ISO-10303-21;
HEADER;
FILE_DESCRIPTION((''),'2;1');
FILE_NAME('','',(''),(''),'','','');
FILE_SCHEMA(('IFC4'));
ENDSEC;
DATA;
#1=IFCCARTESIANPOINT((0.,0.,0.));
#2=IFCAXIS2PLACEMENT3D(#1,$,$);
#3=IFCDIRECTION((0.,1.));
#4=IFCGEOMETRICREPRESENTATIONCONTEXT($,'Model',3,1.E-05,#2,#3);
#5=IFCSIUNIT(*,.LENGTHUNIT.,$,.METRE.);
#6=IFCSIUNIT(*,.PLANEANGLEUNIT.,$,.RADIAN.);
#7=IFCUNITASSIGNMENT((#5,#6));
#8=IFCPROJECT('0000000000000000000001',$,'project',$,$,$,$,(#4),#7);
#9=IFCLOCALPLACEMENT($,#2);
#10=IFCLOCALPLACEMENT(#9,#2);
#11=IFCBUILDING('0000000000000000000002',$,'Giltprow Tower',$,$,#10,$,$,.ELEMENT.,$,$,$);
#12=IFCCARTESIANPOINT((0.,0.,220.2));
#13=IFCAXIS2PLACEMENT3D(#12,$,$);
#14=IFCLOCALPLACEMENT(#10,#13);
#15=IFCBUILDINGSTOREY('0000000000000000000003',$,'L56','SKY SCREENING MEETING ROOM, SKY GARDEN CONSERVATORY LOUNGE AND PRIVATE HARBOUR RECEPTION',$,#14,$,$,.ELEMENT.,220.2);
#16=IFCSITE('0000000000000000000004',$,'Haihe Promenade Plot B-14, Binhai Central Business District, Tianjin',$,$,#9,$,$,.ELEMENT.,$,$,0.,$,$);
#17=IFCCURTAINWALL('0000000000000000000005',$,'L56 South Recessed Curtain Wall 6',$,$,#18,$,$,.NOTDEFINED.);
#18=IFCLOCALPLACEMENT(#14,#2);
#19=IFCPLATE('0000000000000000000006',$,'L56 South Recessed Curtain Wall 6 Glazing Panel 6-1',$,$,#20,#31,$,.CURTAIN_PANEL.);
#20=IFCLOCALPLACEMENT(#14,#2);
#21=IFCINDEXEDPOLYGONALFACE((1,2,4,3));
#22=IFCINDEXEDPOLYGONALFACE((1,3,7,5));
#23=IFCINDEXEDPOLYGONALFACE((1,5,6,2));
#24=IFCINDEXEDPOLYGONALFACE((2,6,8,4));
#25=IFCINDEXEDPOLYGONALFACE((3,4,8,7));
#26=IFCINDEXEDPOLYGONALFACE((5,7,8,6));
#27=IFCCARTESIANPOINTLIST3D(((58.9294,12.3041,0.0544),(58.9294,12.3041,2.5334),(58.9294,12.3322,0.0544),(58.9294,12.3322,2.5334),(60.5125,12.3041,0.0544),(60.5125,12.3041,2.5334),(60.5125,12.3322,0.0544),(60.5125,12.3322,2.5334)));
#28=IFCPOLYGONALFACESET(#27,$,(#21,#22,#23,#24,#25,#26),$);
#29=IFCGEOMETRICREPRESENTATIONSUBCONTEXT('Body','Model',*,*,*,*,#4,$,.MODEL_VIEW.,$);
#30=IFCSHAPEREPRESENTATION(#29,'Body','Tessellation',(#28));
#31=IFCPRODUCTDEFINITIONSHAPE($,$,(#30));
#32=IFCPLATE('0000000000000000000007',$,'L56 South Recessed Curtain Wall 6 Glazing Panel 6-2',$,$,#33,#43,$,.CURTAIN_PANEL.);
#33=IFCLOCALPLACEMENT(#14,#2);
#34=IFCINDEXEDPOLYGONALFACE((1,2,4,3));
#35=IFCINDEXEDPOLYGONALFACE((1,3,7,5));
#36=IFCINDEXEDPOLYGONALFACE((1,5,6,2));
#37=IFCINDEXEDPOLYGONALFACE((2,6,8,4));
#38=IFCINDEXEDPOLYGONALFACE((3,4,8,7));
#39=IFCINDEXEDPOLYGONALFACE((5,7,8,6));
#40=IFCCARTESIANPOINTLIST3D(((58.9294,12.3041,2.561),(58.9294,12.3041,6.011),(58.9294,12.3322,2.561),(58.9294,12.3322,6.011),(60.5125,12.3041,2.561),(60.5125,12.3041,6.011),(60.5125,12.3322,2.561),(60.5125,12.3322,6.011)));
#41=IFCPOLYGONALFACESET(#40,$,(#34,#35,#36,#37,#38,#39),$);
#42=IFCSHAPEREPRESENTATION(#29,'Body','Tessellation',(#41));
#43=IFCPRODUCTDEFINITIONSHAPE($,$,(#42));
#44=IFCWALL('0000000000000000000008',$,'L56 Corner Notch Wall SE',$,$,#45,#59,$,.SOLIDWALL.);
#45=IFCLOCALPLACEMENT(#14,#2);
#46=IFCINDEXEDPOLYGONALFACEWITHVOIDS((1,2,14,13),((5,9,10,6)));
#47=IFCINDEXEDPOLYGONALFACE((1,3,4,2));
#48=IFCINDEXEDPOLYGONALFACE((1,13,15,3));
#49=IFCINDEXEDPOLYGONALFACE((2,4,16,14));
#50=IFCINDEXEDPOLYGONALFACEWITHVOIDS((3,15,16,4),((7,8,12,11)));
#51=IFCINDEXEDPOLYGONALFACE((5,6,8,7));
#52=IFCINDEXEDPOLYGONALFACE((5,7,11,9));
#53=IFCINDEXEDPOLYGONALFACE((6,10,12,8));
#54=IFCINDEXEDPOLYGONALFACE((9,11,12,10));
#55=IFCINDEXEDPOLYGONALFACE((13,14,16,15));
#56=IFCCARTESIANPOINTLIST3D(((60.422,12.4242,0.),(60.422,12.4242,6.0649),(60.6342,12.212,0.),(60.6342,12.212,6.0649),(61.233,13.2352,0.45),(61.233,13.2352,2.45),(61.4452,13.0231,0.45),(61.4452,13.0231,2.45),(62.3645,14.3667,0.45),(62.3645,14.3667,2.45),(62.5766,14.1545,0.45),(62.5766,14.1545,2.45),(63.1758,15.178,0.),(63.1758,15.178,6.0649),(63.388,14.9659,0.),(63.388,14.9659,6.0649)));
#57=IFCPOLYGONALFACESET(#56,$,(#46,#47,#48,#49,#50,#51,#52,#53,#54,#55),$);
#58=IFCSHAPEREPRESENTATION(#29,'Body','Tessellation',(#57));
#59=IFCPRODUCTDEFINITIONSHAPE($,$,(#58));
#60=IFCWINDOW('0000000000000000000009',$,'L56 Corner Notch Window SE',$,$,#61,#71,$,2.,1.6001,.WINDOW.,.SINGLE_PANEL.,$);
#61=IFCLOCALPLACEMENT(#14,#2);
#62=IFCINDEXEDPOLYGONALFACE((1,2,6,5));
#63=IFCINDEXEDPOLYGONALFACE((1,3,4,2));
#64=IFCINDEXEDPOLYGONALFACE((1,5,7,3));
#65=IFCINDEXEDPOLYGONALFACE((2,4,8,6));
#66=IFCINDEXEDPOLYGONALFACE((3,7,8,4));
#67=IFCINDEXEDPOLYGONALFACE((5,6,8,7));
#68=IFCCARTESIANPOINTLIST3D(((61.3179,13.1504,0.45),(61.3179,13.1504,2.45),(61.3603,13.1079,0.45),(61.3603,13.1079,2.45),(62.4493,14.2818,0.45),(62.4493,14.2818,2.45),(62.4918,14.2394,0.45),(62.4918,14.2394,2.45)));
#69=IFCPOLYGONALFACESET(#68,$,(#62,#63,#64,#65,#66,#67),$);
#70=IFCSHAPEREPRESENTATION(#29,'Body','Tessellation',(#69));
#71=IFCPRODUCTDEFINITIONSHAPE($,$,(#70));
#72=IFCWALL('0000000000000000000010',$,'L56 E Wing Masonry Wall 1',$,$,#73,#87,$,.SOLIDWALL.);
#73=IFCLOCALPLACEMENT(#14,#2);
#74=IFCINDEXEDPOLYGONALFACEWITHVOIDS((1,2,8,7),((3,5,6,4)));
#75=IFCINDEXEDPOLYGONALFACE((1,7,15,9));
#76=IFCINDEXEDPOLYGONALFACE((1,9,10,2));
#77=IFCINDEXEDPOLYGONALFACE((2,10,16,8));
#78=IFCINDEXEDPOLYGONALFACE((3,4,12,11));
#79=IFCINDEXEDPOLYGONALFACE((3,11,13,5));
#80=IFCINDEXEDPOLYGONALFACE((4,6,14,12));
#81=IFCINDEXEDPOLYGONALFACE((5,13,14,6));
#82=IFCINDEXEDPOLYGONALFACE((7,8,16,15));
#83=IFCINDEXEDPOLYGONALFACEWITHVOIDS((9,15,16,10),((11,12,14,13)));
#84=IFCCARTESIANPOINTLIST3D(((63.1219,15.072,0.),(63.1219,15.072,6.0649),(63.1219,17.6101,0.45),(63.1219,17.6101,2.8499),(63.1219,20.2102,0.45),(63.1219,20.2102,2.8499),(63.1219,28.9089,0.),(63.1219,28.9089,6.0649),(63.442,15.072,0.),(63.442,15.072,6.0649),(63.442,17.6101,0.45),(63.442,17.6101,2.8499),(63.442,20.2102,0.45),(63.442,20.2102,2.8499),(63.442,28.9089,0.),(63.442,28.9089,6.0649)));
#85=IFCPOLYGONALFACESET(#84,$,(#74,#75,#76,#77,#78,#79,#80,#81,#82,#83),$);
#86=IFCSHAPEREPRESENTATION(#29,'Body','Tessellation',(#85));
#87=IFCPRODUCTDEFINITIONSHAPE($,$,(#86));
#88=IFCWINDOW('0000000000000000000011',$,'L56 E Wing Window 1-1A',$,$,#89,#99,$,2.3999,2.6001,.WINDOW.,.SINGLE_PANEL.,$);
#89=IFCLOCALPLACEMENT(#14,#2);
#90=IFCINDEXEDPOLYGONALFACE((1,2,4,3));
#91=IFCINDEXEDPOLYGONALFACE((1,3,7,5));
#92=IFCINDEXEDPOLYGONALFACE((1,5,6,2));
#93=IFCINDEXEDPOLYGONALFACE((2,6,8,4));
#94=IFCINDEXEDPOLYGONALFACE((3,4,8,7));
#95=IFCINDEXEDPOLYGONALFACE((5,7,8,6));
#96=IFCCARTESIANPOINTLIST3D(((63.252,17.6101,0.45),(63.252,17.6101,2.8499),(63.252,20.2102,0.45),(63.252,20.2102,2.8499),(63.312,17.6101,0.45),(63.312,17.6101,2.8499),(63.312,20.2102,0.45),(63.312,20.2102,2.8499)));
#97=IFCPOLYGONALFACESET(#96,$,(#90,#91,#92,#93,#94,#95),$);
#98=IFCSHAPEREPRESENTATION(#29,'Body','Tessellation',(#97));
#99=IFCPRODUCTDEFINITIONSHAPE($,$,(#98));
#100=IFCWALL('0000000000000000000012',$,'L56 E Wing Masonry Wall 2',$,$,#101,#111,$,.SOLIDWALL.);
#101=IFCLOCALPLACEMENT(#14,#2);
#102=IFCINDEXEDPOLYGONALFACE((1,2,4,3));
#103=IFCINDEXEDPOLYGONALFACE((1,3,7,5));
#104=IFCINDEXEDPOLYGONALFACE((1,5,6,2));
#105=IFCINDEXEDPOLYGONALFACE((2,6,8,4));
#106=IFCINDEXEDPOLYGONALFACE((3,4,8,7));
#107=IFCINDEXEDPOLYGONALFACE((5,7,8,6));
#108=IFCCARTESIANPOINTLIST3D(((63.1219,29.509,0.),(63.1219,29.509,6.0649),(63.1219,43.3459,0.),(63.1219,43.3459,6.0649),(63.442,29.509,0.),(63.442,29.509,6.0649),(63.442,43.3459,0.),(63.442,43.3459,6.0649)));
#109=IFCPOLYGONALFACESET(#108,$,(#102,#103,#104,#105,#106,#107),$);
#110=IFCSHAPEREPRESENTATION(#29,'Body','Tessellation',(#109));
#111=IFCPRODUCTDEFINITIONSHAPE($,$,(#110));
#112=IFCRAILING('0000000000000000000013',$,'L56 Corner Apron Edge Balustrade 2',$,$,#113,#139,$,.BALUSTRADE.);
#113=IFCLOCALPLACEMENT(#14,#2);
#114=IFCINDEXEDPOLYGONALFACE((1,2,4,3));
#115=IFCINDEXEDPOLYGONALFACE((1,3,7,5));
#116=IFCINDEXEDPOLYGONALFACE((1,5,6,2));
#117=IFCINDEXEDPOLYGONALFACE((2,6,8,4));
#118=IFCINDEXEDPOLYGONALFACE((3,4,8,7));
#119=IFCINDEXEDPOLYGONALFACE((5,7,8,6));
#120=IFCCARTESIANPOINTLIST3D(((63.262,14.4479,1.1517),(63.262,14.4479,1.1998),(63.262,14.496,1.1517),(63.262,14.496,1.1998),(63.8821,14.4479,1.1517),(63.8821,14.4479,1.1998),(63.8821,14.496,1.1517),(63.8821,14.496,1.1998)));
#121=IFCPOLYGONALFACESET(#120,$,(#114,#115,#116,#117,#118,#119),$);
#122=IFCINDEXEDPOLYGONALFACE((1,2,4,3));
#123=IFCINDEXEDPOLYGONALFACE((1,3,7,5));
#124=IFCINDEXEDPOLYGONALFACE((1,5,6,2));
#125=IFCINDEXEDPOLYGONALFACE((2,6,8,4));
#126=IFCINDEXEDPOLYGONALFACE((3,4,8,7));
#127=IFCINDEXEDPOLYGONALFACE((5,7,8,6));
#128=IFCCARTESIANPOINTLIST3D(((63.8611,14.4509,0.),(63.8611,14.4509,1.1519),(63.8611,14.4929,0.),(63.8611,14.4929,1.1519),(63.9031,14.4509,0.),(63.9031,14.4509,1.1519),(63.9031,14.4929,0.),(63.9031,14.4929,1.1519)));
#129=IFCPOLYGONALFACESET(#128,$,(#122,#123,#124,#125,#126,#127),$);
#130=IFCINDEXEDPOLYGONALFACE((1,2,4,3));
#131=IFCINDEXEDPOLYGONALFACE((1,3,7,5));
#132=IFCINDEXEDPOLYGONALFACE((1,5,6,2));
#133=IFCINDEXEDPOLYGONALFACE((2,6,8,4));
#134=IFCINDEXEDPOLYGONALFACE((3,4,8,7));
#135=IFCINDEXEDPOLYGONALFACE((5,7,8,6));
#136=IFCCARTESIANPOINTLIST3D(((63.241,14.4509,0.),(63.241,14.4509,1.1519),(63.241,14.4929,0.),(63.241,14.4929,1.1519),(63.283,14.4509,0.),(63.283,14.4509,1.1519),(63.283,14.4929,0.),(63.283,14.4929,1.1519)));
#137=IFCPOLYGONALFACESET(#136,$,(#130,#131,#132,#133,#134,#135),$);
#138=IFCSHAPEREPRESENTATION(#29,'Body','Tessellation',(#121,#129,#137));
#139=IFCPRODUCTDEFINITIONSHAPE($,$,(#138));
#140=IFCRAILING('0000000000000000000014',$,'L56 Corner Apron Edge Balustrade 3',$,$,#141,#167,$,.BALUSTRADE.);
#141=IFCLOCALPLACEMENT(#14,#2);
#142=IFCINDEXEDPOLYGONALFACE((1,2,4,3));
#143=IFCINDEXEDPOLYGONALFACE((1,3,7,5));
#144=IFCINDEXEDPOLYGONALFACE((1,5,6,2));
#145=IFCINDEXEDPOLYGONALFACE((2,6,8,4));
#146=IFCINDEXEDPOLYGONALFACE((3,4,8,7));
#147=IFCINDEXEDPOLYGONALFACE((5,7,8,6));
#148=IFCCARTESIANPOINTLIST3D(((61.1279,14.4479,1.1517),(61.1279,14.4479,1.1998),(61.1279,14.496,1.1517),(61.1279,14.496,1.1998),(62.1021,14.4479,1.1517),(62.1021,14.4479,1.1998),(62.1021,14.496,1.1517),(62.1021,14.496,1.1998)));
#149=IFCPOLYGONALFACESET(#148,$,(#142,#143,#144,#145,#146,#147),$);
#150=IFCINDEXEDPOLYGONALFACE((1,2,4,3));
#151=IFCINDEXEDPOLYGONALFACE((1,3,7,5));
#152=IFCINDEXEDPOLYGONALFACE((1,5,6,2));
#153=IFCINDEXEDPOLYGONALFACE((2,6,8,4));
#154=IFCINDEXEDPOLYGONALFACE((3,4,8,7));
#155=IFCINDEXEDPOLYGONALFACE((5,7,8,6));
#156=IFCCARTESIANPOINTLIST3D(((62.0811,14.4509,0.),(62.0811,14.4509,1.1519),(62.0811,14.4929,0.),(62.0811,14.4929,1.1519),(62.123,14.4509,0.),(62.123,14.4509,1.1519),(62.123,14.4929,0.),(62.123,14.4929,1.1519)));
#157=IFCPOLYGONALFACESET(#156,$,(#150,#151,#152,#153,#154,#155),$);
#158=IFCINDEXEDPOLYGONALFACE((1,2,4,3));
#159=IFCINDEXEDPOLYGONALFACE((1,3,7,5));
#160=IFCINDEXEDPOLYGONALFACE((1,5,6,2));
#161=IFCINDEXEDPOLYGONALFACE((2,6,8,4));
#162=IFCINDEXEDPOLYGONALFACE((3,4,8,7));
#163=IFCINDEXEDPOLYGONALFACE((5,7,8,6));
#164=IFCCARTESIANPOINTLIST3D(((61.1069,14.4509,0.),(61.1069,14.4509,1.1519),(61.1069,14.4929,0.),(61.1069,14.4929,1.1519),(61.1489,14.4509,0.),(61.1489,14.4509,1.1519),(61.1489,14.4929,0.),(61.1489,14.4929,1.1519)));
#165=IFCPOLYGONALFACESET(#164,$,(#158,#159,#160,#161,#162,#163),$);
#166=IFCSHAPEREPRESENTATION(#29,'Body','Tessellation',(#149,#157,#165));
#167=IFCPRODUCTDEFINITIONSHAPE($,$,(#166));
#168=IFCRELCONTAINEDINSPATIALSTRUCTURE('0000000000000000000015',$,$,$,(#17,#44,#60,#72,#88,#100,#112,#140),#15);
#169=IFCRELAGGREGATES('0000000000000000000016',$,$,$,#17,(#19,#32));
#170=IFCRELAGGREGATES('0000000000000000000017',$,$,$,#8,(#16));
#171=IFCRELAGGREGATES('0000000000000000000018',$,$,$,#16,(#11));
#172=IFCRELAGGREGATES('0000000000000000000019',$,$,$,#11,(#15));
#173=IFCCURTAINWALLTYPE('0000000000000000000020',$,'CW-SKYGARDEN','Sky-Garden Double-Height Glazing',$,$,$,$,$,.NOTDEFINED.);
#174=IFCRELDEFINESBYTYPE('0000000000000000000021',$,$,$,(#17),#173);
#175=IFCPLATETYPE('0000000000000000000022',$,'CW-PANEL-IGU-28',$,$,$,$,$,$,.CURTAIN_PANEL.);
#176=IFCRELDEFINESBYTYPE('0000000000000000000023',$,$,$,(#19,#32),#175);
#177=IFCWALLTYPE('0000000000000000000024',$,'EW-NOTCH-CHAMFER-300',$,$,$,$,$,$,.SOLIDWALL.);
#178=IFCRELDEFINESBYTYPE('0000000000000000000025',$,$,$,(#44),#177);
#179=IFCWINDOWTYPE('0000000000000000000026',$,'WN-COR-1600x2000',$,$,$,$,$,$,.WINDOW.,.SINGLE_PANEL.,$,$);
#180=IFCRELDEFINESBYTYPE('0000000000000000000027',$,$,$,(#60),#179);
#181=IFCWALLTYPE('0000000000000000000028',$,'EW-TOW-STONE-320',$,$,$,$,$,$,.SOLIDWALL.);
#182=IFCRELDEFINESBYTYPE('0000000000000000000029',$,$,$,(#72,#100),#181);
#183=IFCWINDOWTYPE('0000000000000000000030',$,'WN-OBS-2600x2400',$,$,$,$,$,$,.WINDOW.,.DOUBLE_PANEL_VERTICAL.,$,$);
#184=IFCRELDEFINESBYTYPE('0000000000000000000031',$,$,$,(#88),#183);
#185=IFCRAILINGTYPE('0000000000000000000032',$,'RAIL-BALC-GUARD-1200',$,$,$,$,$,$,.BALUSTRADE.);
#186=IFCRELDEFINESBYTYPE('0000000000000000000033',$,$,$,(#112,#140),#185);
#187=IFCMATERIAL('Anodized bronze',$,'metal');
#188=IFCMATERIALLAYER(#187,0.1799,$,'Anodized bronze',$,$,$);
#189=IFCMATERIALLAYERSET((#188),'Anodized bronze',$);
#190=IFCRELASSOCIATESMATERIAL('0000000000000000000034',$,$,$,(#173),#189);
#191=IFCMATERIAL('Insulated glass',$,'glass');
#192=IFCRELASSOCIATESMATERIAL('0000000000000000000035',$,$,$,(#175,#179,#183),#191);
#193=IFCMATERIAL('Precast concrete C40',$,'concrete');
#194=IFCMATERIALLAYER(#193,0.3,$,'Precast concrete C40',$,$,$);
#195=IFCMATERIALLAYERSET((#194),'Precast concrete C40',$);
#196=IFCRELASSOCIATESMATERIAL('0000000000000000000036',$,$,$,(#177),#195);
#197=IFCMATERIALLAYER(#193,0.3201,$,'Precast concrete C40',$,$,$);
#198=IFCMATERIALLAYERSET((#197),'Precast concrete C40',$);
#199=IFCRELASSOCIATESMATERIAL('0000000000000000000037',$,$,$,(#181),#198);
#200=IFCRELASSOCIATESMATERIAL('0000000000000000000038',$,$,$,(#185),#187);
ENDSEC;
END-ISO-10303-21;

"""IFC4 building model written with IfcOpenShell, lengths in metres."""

from ifc_helpers import new_model, si_unit, direction, frame, frame_2d, origin, origin_2d, place, context, subcontext, project, spatial, rectangle, extrude, source, transform, mapped, material, layer, layer_set, type_object, element, fill, aggregate, save


model = new_model("IFC4")

# Units and contexts
model_context = context("Model", 3, precision=1e-05, world=origin(), true_north=direction((0.0, 1.0)))
body_context = subcontext(model_context, "Body", "Model", "MODEL_VIEW")
ifc_project = project(units=[si_unit("LENGTHUNIT", "METRE"), si_unit("PLANEANGLEUNIT", "RADIAN")], contexts=[model_context])

# Site, building, storey
site_placement = place(None, origin())
site = spatial("IfcSite", under=ifc_project, at=site_placement, Name="Haihe Promenade Plot B-14, Binhai Central Business District, Tianjin", CompositionType="ELEMENT", RefElevation=0.0)
building_placement = place(site_placement, origin())
building = spatial("IfcBuilding", under=site, at=building_placement, Name="Giltprow Tower", CompositionType="ELEMENT")
storey_placement = place(building_placement, frame((0.0, 0.0, 220.2)))
storey = spatial("IfcBuildingStorey", under=building, at=storey_placement, Name="L56", Description="SKY SCREENING MEETING ROOM, SKY GARDEN CONSERVATORY LOUNGE AND PRIVATE HARBOUR RECEPTION", CompositionType="ELEMENT", Elevation=220.2)

# Curtain wall
ifc_material_1 = material(Name="Anodized bronze", Category="metal")
ifc_layer_1 = layer(ifc_material_1, 0.1799, Name="Anodized bronze")
ifc_layer_set_1 = layer_set([ifc_layer_1], Name="Anodized bronze")
curtain_wall_type = type_object("IfcCurtainWallType", Name="CW-SKYGARDEN", Description="Sky-Garden Double-Height Glazing", PredefinedType="NOTDEFINED", material=ifc_layer_set_1)
curtain_wall_placement = place(storey_placement, origin())
curtain_wall = element("IfcCurtainWall", 1, at=curtain_wall_placement, inside=storey, type_object=curtain_wall_type, Name="L56 South Recessed Curtain Wall 6", PredefinedType="NOTDEFINED")

# Plates
ifc_material_2 = material(Name="Insulated glass", Category="glass")
plate_type_1 = type_object("IfcPlateType", Name="CW-PANEL-IGU-28", PredefinedType="CURTAIN_PANEL", material=ifc_material_2)
shared_shape_1 = source(origin(), body_context, "Body", "SweptSolid", [
    extrude(rectangle(XDim=1.583, YDim=0.0281, at=origin_2d()), origin(), (0.0, 0.0, 1.0), 2.479),
])
plate_1_placement = place(storey_placement, frame((59.7209, 12.3181, 0.0544), z_axis=(0.0, 0.0, 1.0), x_axis=(1.0, 0.0, 0.0)))
plate_1 = element("IfcPlate", 2, at=plate_1_placement, type_object=plate_type_1, Name="L56 South Recessed Curtain Wall 6 Glazing Panel 6-1", PredefinedType="CURTAIN_PANEL", context=body_context, shape_type="MappedRepresentation", body=[
    mapped(shared_shape_1, transform((0.0, 0.0, 0.0), x_axis=(1.0, 0.0, 0.0), y_axis=(0.0, 1.0, 0.0), z_axis=(0.0, 0.0, 1.0), scale=1.0)),
])
shared_shape_2 = source(origin(), body_context, "Body", "SweptSolid", [
    extrude(rectangle(XDim=1.583, YDim=0.0281, at=origin_2d()), origin(), (0.0, 0.0, 1.0), 3.45),
])
plate_2_placement = place(storey_placement, frame((59.7209, 12.3181, 2.561), z_axis=(0.0, 0.0, 1.0), x_axis=(1.0, 0.0, 0.0)))
plate_2 = element("IfcPlate", 3, at=plate_2_placement, type_object=plate_type_1, Name="L56 South Recessed Curtain Wall 6 Glazing Panel 6-2", PredefinedType="CURTAIN_PANEL", context=body_context, shape_type="MappedRepresentation", body=[
    mapped(shared_shape_2, transform((0.0, 0.0, 0.0), x_axis=(1.0, 0.0, 0.0), y_axis=(0.0, 1.0, 0.0), z_axis=(0.0, 0.0, 1.0), scale=1.0)),
])
aggregate(curtain_wall, [plate_1, plate_2])

# Walls, openings, windows
ifc_material_3 = material(Name="Precast concrete C40", Category="concrete")
ifc_layer_2 = layer(ifc_material_3, 0.3, Name="Precast concrete C40")
ifc_layer_set_2 = layer_set([ifc_layer_2], Name="Precast concrete C40")
wall_type_1 = type_object("IfcWallType", Name="EW-NOTCH-CHAMFER-300", PredefinedType="SOLIDWALL", material=ifc_layer_set_2)
wall_1_placement = place(storey_placement, frame((60.5281, 12.3181, 0.0), z_axis=(0.0, 0.0, 1.0), x_axis=(0.707107, 0.707107, 0.0)))
wall_1 = element("IfcWall", 4, at=wall_1_placement, inside=storey, type_object=wall_type_1, Name="L56 Corner Notch Wall SE", PredefinedType="SOLIDWALL", context=body_context, shape_type="SweptSolid", body=[
    extrude(rectangle(XDim=3.8945, YDim=0.3, at=frame_2d((1.9473, 0.0))), origin(), (0.0, 0.0, 1.0), 6.0649),
])
opening_1_placement = place(wall_1_placement, frame((1.147, 0.0, 0.45)))
opening_1 = element("IfcOpeningElement", 5, at=opening_1_placement, cuts=wall_1, PredefinedType="OPENING", context=body_context, shape_type="SweptSolid", body=[
    extrude(rectangle(XDim=1.6001, YDim=2.0, at=frame_2d((0.8, 1.0))), frame((0.0, 0.1599, 0.0), z_axis=(0.0, -1.0, 0.0), x_axis=(1.0, 0.0, 0.0)), (0.0, 0.0, 1.0), 0.3201),
])
window_type_1 = type_object("IfcWindowType", Name="WN-COR-1600x2000", PartitioningType="SINGLE_PANEL", PredefinedType="WINDOW", material=ifc_material_2)
shared_shape_3 = source(origin(), body_context, "Body", "SweptSolid", [
    extrude(rectangle(XDim=1.6001, YDim=2.0, at=frame_2d((0.8, 1.0))), frame((0.0, 0.03, 0.0), z_axis=(0.0, -1.0, 0.0), x_axis=(1.0, 0.0, 0.0)), (0.0, 0.0, 1.0), 0.0601),
])
window_1_placement = place(opening_1_placement, origin())
window_1 = element("IfcWindow", 6, at=window_1_placement, inside=storey, type_object=window_type_1, Name="L56 Corner Notch Window SE", OverallHeight=2.0, OverallWidth=1.6001, PartitioningType="SINGLE_PANEL", PredefinedType="WINDOW", context=body_context, shape_type="MappedRepresentation", body=[
    mapped(shared_shape_3, transform((0.0, 0.0, 0.0), x_axis=(1.0, 0.0, 0.0), y_axis=(0.0, 1.0, 0.0), z_axis=(0.0, 0.0, 1.0), scale=1.0)),
])
fill(opening_1, window_1)
ifc_layer_3 = layer(ifc_material_3, 0.3201, Name="Precast concrete C40")
ifc_layer_set_3 = layer_set([ifc_layer_3], Name="Precast concrete C40")
wall_type_2 = type_object("IfcWallType", Name="EW-TOW-STONE-320", PredefinedType="SOLIDWALL", material=ifc_layer_set_3)
wall_2_placement = place(storey_placement, frame((63.282, 15.072, 0.0), z_axis=(0.0, 0.0, 1.0), x_axis=(0.0, 1.0, 0.0)))
wall_2 = element("IfcWall", 7, at=wall_2_placement, inside=storey, type_object=wall_type_2, Name="L56 E Wing Masonry Wall 1", PredefinedType="SOLIDWALL", context=body_context, shape_type="SweptSolid", body=[
    extrude(rectangle(XDim=13.8369, YDim=0.3201, at=frame_2d((6.9185, 0.0))), origin(), (0.0, 0.0, 1.0), 6.0649),
])
opening_2_placement = place(wall_2_placement, frame((2.5381, 0.0, 0.45)))
opening_2 = element("IfcOpeningElement", 8, at=opening_2_placement, cuts=wall_2, PredefinedType="OPENING", context=body_context, shape_type="SweptSolid", body=[
    extrude(rectangle(XDim=2.6001, YDim=2.3999, at=frame_2d((1.3, 1.2))), frame((0.0, 0.1699, 0.0), z_axis=(0.0, -1.0, 0.0), x_axis=(1.0, 0.0, 0.0)), (0.0, 0.0, 1.0), 0.3401),
])
window_type_2 = type_object("IfcWindowType", Name="WN-OBS-2600x2400", PartitioningType="DOUBLE_PANEL_VERTICAL", PredefinedType="WINDOW", material=ifc_material_2)
shared_shape_4 = source(origin(), body_context, "Body", "SweptSolid", [
    extrude(rectangle(XDim=2.6001, YDim=2.3999, at=frame_2d((1.3, 1.2))), frame((0.0, 0.03, 0.0), z_axis=(0.0, -1.0, 0.0), x_axis=(1.0, 0.0, 0.0)), (0.0, 0.0, 1.0), 0.0601),
])
window_2_placement = place(opening_2_placement, origin())
window_2 = element("IfcWindow", 9, at=window_2_placement, inside=storey, type_object=window_type_2, Name="L56 E Wing Window 1-1A", OverallHeight=2.3999, OverallWidth=2.6001, PartitioningType="SINGLE_PANEL", PredefinedType="WINDOW", context=body_context, shape_type="MappedRepresentation", body=[
    mapped(shared_shape_4, transform((0.0, 0.0, 0.0), x_axis=(1.0, 0.0, 0.0), y_axis=(0.0, 1.0, 0.0), z_axis=(0.0, 0.0, 1.0), scale=1.0)),
])
fill(opening_2, window_2)

# Wall
wall_3_placement = place(storey_placement, frame((63.282, 29.509, 0.0), z_axis=(0.0, 0.0, 1.0), x_axis=(0.0, 1.0, 0.0)))
element("IfcWall", 10, at=wall_3_placement, inside=storey, type_object=wall_type_2, Name="L56 E Wing Masonry Wall 2", PredefinedType="SOLIDWALL", context=body_context, shape_type="SweptSolid", body=[
    extrude(rectangle(XDim=13.8369, YDim=0.3201, at=frame_2d((6.9185, 0.0))), origin(), (0.0, 0.0, 1.0), 6.0649),
])

# Railings
railing_type = type_object("IfcRailingType", Name="RAIL-BALC-GUARD-1200", PredefinedType="BALUSTRADE", material=ifc_material_1)
railing_1_placement = place(storey_placement, frame((63.8821, 14.4719, 0.0)))
element("IfcRailing", 11, at=railing_1_placement, inside=storey, type_object=railing_type, Name="L56 Corner Apron Edge Balustrade 2", PredefinedType="BALUSTRADE", context=body_context, shape_type="SweptSolid", body=[
    extrude(rectangle(XDim=0.0481, YDim=0.0481, at=origin_2d()), frame((0.0, 0.0, 1.1758), z_axis=(-1.0, 0.0, 0.0), x_axis=(0.0, -1.0, 0.0)), (0.0, 0.0, 1.0), 0.6201),
    extrude(rectangle(XDim=0.042, YDim=0.042, at=origin_2d()), origin(), (0.0, 0.0, 1.0), 1.1519),
    extrude(rectangle(XDim=0.042, YDim=0.042, at=origin_2d()), frame((-0.6201, 0.0, 0.0)), (0.0, 0.0, 1.0), 1.1519),
])
railing_2_placement = place(storey_placement, frame((62.1021, 14.4719, 0.0)))
element("IfcRailing", 12, at=railing_2_placement, inside=storey, type_object=railing_type, Name="L56 Corner Apron Edge Balustrade 3", PredefinedType="BALUSTRADE", context=body_context, shape_type="SweptSolid", body=[
    extrude(rectangle(XDim=0.0481, YDim=0.0481, at=origin_2d()), frame((0.0, 0.0, 1.1758), z_axis=(-1.0, 0.0, 0.0), x_axis=(0.0, -1.0, 0.0)), (0.0, 0.0, 1.0), 0.9741),
    extrude(rectangle(XDim=0.042, YDim=0.042, at=origin_2d()), origin(), (0.0, 0.0, 1.0), 1.1519),
    extrude(rectangle(XDim=0.042, YDim=0.042, at=origin_2d()), frame((-0.9741, 0.0, 0.0)), (0.0, 0.0, 1.0), 1.1519),
])

save(model, "model.ifc")
